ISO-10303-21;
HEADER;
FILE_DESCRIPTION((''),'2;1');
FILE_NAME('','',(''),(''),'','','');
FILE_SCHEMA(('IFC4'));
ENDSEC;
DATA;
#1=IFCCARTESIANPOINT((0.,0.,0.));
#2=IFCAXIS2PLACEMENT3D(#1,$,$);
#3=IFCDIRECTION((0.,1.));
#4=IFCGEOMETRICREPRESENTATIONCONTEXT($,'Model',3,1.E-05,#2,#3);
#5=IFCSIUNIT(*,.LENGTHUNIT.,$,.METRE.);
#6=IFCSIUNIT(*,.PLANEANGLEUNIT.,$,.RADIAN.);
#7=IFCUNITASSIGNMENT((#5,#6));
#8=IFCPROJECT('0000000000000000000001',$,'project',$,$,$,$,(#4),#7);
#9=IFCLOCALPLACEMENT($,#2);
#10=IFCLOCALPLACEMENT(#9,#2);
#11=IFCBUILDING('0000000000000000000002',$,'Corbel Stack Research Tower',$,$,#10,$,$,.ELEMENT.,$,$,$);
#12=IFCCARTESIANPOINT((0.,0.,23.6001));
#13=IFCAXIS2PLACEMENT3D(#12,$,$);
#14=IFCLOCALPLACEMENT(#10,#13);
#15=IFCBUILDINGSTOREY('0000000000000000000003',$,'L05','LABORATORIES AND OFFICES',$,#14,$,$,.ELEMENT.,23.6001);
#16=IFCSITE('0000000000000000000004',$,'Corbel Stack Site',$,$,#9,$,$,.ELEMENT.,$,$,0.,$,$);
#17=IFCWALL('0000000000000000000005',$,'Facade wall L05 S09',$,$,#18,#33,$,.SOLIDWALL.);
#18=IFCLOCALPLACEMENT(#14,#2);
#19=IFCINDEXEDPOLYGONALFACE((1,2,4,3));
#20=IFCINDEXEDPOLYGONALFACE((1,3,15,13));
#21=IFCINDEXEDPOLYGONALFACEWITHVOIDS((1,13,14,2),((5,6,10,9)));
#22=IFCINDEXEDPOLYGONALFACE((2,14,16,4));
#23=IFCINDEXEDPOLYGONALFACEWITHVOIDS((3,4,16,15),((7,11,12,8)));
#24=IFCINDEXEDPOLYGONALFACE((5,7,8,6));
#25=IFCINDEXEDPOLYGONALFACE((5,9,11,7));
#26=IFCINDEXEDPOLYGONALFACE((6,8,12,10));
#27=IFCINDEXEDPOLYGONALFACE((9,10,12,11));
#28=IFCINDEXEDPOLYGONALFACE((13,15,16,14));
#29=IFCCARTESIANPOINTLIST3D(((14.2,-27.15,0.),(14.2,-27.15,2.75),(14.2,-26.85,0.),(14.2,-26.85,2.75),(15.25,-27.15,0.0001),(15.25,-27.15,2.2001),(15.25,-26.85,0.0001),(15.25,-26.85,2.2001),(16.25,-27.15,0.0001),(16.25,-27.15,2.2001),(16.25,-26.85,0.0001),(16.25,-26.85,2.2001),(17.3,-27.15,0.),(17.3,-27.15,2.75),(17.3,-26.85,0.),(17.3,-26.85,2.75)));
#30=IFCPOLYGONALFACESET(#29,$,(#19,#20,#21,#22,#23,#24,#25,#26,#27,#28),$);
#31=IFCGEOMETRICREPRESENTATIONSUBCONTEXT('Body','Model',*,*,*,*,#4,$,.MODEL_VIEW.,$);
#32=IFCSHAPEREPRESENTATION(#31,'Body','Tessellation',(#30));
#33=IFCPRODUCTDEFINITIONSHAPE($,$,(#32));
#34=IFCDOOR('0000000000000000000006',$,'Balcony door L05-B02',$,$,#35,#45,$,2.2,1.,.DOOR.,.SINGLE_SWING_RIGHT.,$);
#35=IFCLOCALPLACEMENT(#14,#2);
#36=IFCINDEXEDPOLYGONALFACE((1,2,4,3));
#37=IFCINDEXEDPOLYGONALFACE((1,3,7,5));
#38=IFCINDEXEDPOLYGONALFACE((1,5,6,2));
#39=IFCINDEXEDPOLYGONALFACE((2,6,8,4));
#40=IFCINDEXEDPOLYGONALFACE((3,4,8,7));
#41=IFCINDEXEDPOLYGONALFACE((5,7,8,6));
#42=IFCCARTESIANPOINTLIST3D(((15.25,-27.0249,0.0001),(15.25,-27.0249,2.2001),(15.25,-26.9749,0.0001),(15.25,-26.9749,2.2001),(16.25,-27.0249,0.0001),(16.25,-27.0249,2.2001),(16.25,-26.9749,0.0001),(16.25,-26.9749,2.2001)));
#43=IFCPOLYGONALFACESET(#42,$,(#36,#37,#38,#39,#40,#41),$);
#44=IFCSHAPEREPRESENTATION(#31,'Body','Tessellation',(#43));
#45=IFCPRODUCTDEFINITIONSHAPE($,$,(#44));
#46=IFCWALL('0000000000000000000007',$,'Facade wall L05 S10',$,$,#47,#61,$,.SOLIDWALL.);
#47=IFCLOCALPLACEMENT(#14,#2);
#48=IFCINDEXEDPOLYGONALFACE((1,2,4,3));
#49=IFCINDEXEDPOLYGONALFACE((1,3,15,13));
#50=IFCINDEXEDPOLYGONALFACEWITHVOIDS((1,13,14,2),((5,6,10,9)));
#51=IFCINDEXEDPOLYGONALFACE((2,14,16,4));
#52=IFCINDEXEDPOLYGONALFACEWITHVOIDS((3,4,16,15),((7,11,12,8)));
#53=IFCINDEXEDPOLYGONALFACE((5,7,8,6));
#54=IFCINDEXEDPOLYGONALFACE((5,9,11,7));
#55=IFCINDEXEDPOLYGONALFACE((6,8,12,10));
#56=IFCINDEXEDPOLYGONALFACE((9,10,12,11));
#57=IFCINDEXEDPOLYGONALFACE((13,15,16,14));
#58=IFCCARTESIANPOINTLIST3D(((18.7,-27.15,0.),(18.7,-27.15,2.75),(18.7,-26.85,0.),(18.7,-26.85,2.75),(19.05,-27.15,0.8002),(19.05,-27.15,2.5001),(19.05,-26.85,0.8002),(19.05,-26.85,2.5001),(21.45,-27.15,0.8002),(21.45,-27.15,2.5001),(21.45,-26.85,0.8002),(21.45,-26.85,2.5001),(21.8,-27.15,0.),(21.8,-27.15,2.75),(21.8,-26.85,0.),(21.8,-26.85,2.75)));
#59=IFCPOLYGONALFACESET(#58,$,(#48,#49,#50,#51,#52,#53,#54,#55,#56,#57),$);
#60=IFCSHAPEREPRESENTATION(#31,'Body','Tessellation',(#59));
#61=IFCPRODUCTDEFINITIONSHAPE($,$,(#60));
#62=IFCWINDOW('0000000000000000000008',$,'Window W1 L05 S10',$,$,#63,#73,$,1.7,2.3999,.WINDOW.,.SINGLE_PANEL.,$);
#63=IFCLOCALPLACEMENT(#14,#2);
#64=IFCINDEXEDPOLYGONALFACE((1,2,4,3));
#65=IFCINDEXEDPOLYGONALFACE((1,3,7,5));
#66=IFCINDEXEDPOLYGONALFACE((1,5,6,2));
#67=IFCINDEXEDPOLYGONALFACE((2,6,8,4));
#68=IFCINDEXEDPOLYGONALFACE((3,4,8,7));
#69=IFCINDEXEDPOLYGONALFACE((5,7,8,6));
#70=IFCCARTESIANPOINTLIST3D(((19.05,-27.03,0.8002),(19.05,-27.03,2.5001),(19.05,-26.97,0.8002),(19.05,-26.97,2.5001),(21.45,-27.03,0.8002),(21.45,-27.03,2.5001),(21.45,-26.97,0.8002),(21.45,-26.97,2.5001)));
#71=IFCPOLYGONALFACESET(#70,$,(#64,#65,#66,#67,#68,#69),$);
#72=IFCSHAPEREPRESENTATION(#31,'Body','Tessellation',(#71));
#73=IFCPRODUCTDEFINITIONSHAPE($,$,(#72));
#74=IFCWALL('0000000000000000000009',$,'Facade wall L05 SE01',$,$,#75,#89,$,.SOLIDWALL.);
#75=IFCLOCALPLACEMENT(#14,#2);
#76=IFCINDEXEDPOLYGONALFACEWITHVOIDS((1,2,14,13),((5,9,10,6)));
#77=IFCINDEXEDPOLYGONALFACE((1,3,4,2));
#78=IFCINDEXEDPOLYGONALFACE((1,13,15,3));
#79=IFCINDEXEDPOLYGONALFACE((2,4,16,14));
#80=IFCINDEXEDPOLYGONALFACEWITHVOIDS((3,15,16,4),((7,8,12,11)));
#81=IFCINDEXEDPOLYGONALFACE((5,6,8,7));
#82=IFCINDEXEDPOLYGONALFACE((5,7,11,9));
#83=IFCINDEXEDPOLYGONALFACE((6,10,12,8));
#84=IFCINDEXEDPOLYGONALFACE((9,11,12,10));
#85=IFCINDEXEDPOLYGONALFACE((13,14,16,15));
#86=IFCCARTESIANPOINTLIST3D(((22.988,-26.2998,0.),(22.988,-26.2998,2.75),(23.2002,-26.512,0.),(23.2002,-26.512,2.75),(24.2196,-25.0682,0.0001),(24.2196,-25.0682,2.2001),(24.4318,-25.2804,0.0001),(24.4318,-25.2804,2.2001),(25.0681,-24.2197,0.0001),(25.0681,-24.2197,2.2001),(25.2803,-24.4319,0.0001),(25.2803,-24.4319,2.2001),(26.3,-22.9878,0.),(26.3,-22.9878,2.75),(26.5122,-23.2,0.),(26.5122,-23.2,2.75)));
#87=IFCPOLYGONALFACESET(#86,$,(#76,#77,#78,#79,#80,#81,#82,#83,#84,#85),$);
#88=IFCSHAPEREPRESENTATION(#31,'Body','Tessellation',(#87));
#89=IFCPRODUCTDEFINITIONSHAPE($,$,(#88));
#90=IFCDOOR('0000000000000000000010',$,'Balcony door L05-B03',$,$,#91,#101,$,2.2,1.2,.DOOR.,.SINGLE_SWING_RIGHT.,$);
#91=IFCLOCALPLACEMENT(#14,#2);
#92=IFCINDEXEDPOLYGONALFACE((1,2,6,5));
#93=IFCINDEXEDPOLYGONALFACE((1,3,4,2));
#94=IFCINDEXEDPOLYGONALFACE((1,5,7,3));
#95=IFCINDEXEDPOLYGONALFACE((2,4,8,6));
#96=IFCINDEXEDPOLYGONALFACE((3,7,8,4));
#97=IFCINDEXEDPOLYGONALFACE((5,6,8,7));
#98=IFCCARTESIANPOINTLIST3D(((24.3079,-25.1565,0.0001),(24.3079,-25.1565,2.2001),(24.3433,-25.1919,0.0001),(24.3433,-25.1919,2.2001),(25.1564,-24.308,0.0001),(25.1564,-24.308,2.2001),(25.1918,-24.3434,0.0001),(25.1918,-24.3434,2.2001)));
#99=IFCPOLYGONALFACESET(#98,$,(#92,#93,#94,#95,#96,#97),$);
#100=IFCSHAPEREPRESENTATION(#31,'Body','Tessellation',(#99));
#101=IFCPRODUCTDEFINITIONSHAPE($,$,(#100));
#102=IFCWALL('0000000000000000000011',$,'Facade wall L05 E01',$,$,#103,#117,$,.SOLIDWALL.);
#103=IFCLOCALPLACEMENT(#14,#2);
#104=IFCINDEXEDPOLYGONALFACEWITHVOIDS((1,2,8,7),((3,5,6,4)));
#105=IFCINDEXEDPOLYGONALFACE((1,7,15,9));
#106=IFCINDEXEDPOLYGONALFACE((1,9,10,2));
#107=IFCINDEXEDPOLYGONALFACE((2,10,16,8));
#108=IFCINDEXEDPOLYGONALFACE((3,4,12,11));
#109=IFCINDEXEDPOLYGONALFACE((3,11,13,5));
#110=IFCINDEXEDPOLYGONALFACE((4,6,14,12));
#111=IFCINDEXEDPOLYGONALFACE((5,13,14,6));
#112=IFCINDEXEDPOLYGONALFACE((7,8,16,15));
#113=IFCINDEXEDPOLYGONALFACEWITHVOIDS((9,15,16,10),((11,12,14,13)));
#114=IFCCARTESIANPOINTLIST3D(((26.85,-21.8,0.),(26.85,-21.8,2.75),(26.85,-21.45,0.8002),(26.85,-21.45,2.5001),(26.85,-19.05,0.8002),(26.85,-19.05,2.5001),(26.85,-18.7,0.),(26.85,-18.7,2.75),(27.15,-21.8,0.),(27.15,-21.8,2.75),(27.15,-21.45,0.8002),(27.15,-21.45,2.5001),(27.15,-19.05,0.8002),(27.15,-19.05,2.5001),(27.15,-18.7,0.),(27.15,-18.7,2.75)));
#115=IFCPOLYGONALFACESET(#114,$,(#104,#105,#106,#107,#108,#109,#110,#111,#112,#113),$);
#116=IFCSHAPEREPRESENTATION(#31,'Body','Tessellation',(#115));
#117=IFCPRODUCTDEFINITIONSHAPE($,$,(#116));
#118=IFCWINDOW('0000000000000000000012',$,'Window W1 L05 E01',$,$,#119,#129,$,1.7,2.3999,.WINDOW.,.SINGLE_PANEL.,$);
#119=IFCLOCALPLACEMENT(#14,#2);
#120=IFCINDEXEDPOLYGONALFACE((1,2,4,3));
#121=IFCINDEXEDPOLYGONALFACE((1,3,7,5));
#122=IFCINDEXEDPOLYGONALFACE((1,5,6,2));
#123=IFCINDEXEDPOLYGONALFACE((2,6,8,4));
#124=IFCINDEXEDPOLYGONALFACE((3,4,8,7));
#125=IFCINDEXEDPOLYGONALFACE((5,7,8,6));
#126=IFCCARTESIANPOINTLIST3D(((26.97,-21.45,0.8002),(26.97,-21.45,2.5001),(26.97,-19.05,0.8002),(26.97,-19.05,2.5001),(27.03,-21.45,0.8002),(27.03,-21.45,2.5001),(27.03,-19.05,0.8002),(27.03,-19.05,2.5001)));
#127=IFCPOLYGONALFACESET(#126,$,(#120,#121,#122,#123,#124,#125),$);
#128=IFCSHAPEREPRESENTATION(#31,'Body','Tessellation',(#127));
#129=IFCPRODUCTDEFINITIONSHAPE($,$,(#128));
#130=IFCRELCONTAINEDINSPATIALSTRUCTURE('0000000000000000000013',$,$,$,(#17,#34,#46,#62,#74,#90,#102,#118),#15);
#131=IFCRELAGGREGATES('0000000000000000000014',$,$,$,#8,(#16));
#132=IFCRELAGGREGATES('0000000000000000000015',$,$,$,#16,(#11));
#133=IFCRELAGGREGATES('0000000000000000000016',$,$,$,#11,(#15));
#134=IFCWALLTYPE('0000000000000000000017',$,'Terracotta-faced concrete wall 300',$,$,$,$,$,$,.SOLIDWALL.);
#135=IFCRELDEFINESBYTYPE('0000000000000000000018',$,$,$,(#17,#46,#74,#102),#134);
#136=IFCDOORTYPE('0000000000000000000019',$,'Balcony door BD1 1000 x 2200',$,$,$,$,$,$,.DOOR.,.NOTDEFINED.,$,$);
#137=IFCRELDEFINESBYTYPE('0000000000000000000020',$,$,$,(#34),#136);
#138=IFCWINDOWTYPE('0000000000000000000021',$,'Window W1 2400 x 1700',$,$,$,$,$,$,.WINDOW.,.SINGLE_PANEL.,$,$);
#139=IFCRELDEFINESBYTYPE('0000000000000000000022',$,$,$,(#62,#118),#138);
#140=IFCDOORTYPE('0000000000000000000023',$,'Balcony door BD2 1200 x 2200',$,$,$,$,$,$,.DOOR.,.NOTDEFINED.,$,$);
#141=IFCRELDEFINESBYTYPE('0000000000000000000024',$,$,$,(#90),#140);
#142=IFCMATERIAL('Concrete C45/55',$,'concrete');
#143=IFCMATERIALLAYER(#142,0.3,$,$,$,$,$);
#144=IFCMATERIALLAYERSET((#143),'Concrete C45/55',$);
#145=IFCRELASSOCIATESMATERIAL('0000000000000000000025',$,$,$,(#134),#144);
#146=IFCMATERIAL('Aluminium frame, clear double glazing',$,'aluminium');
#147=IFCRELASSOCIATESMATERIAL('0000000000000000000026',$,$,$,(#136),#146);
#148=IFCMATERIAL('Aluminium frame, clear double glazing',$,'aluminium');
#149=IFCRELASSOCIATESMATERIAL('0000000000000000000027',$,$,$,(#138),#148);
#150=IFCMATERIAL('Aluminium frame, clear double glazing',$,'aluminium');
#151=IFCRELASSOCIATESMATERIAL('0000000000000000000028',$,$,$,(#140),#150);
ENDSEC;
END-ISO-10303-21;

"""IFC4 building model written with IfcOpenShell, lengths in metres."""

from ifc_helpers import new_model, si_unit, direction, frame, frame_2d, origin, place, context, subcontext, project, spatial, rectangle, extrude, material, layer, layer_set, type_object, element, fill, save


model = new_model("IFC4")

# Units and contexts
model_context = context("Model", 3, precision=1e-05, world=origin(), true_north=direction((0.0, 1.0)))
body_context = subcontext(model_context, "Body", "Model", "MODEL_VIEW")
ifc_project = project(units=[si_unit("LENGTHUNIT", "METRE"), si_unit("PLANEANGLEUNIT", "RADIAN")], contexts=[model_context])

# Site, building, storey
site_placement = place(None, origin())
site = spatial("IfcSite", under=ifc_project, at=site_placement, Name="Corbel Stack Site", CompositionType="ELEMENT", RefElevation=0.0)
building_placement = place(site_placement, origin())
building = spatial("IfcBuilding", under=site, at=building_placement, Name="Corbel Stack Research Tower", CompositionType="ELEMENT")
storey_placement = place(building_placement, frame((0.0, 0.0, 23.6001)))
storey = spatial("IfcBuildingStorey", under=building, at=storey_placement, Name="L05", Description="LABORATORIES AND OFFICES", CompositionType="ELEMENT", Elevation=23.6001)

# Wall, opening, door
ifc_material_1 = material(Name="Concrete C45/55", Category="concrete")
ifc_layer_1 = layer(ifc_material_1, 0.3)
ifc_layer_set_1 = layer_set([ifc_layer_1], Name="Concrete C45/55")
wall_type_1 = type_object("IfcWallType", Name="Terracotta-faced concrete wall 300", PredefinedType="SOLIDWALL", material=ifc_layer_set_1)
wall_1_placement = place(storey_placement, frame((17.3, -27.0, 0.0), z_axis=(0.0, 0.0, 1.0), x_axis=(-1.0, 0.0, 0.0)))
wall_1 = element("IfcWall", 1, at=wall_1_placement, inside=storey, type_object=wall_type_1, Name="Facade wall L05 S09", PredefinedType="SOLIDWALL", context=body_context, shape_type="SweptSolid", body=[
    extrude(rectangle(XDim=3.1001, YDim=0.3, at=frame_2d((1.55, 0.0))), origin(), (0.0, 0.0, 1.0), 2.75),
])
opening_1_placement = place(wall_1_placement, frame((1.05, 0.0, 0.0)))
opening_1 = element("IfcOpeningElement", 2, at=opening_1_placement, cuts=wall_1, PredefinedType="OPENING", context=body_context, shape_type="SweptSolid", body=[
    extrude(rectangle(XDim=1.0, YDim=2.2, at=frame_2d((0.5, 1.1001))), frame((0.0, 0.1599, 0.0), z_axis=(0.0, -1.0, 0.0), x_axis=(1.0, 0.0, 0.0)), (0.0, 0.0, 1.0), 0.3201),
])
ifc_material_2 = material(Name="Aluminium frame, clear double glazing", Category="aluminium")
door_type_1 = type_object("IfcDoorType", Name="Balcony door BD1 1000 x 2200", OperationType="NOTDEFINED", PredefinedType="DOOR", material=ifc_material_2)
door_1_placement = place(opening_1_placement, origin())
door_1 = element("IfcDoor", 3, at=door_1_placement, inside=storey, type_object=door_type_1, Name="Balcony door L05-B02", OperationType="SINGLE_SWING_RIGHT", OverallHeight=2.2, OverallWidth=1.0, PredefinedType="DOOR", context=body_context, shape_type="SweptSolid", body=[
    extrude(rectangle(XDim=1.0, YDim=2.2, at=frame_2d((0.5, 1.1001))), frame((0.0, 0.0249, 0.0), z_axis=(0.0, -1.0, 0.0), x_axis=(1.0, 0.0, 0.0)), (0.0, 0.0, 1.0), 0.05),
])
fill(opening_1, door_1)

# Wall, opening, window
wall_2_placement = place(storey_placement, frame((21.8, -27.0, 0.0), z_axis=(0.0, 0.0, 1.0), x_axis=(-1.0, 0.0, 0.0)))
wall_2 = element("IfcWall", 4, at=wall_2_placement, inside=storey, type_object=wall_type_1, Name="Facade wall L05 S10", PredefinedType="SOLIDWALL", context=body_context, shape_type="SweptSolid", body=[
    extrude(rectangle(XDim=3.1001, YDim=0.3, at=frame_2d((1.55, 0.0))), origin(), (0.0, 0.0, 1.0), 2.75),
])
opening_2_placement = place(wall_2_placement, frame((0.3501, 0.0, 0.8)))
opening_2 = element("IfcOpeningElement", 5, at=opening_2_placement, cuts=wall_2, PredefinedType="OPENING", context=body_context, shape_type="SweptSolid", body=[
    extrude(rectangle(XDim=2.3999, YDim=1.7, at=frame_2d((1.2, 0.8501))), frame((0.0, 0.1599, 0.0), z_axis=(0.0, -1.0, 0.0), x_axis=(1.0, 0.0, 0.0)), (0.0, 0.0, 1.0), 0.3201),
])
ifc_material_3 = material(Name="Aluminium frame, clear double glazing", Category="aluminium")
window_type = type_object("IfcWindowType", Name="Window W1 2400 x 1700", PartitioningType="SINGLE_PANEL", PredefinedType="WINDOW", material=ifc_material_3)
window_1_placement = place(opening_2_placement, origin())
window_1 = element("IfcWindow", 6, at=window_1_placement, inside=storey, type_object=window_type, Name="Window W1 L05 S10", OverallHeight=1.7, OverallWidth=2.3999, PartitioningType="SINGLE_PANEL", PredefinedType="WINDOW", context=body_context, shape_type="SweptSolid", body=[
    extrude(rectangle(XDim=2.3999, YDim=1.7, at=frame_2d((1.2, 0.8501))), frame((0.0, 0.03, 0.0), z_axis=(0.0, -1.0, 0.0), x_axis=(1.0, 0.0, 0.0)), (0.0, 0.0, 1.0), 0.0601),
])
fill(opening_2, window_1)

# Wall, opening, door
wall_3_placement = place(storey_placement, frame((26.406, -23.094, 0.0), z_axis=(0.0, 0.0, 1.0), x_axis=(-0.707107, -0.707107, 0.0)))
wall_3 = element("IfcWall", 7, at=wall_3_placement, inside=storey, type_object=wall_type_1, Name="Facade wall L05 SE01", PredefinedType="SOLIDWALL", context=body_context, shape_type="SweptSolid", body=[
    extrude(rectangle(XDim=4.6838, YDim=0.3, at=frame_2d((2.3418, 0.0))), origin(), (0.0, 0.0, 1.0), 2.75),
])
opening_3_placement = place(wall_3_placement, frame((1.7419, 0.0, 0.0)))
opening_3 = element("IfcOpeningElement", 8, at=opening_3_placement, cuts=wall_3, PredefinedType="OPENING", context=body_context, shape_type="SweptSolid", body=[
    extrude(rectangle(XDim=1.2, YDim=2.2, at=frame_2d((0.6001, 1.1001))), frame((0.0, 0.1599, 0.0), z_axis=(0.0, -1.0, 0.0), x_axis=(1.0, 0.0, 0.0)), (0.0, 0.0, 1.0), 0.3201),
])
ifc_material_4 = material(Name="Aluminium frame, clear double glazing", Category="aluminium")
door_type_2 = type_object("IfcDoorType", Name="Balcony door BD2 1200 x 2200", OperationType="NOTDEFINED", PredefinedType="DOOR", material=ifc_material_4)
door_2_placement = place(opening_3_placement, origin())
door_2 = element("IfcDoor", 9, at=door_2_placement, inside=storey, type_object=door_type_2, Name="Balcony door L05-B03", OperationType="SINGLE_SWING_RIGHT", OverallHeight=2.2, OverallWidth=1.2, PredefinedType="DOOR", context=body_context, shape_type="SweptSolid", body=[
    extrude(rectangle(XDim=1.2, YDim=2.2, at=frame_2d((0.6001, 1.1001))), frame((0.0, 0.0249, 0.0), z_axis=(0.0, -1.0, 0.0), x_axis=(1.0, 0.0, 0.0)), (0.0, 0.0, 1.0), 0.05),
])
fill(opening_3, door_2)

# Wall, opening, window
wall_4_placement = place(storey_placement, frame((27.0, -18.7, 0.0), z_axis=(0.0, 0.0, 1.0), x_axis=(0.0, -1.0, 0.0)))
wall_4 = element("IfcWall", 10, at=wall_4_placement, inside=storey, type_object=wall_type_1, Name="Facade wall L05 E01", PredefinedType="SOLIDWALL", context=body_context, shape_type="SweptSolid", body=[
    extrude(rectangle(XDim=3.1001, YDim=0.3, at=frame_2d((1.55, 0.0))), origin(), (0.0, 0.0, 1.0), 2.75),
])
opening_4_placement = place(wall_4_placement, frame((0.3501, 0.0, 0.8)))
opening_4 = element("IfcOpeningElement", 11, at=opening_4_placement, cuts=wall_4, PredefinedType="OPENING", context=body_context, shape_type="SweptSolid", body=[
    extrude(rectangle(XDim=2.3999, YDim=1.7, at=frame_2d((1.2, 0.8501))), frame((0.0, 0.1599, 0.0), z_axis=(0.0, -1.0, 0.0), x_axis=(1.0, 0.0, 0.0)), (0.0, 0.0, 1.0), 0.3201),
])
window_2_placement = place(opening_4_placement, origin())
window_2 = element("IfcWindow", 12, at=window_2_placement, inside=storey, type_object=window_type, Name="Window W1 L05 E01", OverallHeight=1.7, OverallWidth=2.3999, PartitioningType="SINGLE_PANEL", PredefinedType="WINDOW", context=body_context, shape_type="SweptSolid", body=[
    extrude(rectangle(XDim=2.3999, YDim=1.7, at=frame_2d((1.2, 0.8501))), frame((0.0, 0.03, 0.0), z_axis=(0.0, -1.0, 0.0), x_axis=(1.0, 0.0, 0.0)), (0.0, 0.0, 1.0), 0.0601),
])
fill(opening_4, window_2)

save(model, "model.ifc")
